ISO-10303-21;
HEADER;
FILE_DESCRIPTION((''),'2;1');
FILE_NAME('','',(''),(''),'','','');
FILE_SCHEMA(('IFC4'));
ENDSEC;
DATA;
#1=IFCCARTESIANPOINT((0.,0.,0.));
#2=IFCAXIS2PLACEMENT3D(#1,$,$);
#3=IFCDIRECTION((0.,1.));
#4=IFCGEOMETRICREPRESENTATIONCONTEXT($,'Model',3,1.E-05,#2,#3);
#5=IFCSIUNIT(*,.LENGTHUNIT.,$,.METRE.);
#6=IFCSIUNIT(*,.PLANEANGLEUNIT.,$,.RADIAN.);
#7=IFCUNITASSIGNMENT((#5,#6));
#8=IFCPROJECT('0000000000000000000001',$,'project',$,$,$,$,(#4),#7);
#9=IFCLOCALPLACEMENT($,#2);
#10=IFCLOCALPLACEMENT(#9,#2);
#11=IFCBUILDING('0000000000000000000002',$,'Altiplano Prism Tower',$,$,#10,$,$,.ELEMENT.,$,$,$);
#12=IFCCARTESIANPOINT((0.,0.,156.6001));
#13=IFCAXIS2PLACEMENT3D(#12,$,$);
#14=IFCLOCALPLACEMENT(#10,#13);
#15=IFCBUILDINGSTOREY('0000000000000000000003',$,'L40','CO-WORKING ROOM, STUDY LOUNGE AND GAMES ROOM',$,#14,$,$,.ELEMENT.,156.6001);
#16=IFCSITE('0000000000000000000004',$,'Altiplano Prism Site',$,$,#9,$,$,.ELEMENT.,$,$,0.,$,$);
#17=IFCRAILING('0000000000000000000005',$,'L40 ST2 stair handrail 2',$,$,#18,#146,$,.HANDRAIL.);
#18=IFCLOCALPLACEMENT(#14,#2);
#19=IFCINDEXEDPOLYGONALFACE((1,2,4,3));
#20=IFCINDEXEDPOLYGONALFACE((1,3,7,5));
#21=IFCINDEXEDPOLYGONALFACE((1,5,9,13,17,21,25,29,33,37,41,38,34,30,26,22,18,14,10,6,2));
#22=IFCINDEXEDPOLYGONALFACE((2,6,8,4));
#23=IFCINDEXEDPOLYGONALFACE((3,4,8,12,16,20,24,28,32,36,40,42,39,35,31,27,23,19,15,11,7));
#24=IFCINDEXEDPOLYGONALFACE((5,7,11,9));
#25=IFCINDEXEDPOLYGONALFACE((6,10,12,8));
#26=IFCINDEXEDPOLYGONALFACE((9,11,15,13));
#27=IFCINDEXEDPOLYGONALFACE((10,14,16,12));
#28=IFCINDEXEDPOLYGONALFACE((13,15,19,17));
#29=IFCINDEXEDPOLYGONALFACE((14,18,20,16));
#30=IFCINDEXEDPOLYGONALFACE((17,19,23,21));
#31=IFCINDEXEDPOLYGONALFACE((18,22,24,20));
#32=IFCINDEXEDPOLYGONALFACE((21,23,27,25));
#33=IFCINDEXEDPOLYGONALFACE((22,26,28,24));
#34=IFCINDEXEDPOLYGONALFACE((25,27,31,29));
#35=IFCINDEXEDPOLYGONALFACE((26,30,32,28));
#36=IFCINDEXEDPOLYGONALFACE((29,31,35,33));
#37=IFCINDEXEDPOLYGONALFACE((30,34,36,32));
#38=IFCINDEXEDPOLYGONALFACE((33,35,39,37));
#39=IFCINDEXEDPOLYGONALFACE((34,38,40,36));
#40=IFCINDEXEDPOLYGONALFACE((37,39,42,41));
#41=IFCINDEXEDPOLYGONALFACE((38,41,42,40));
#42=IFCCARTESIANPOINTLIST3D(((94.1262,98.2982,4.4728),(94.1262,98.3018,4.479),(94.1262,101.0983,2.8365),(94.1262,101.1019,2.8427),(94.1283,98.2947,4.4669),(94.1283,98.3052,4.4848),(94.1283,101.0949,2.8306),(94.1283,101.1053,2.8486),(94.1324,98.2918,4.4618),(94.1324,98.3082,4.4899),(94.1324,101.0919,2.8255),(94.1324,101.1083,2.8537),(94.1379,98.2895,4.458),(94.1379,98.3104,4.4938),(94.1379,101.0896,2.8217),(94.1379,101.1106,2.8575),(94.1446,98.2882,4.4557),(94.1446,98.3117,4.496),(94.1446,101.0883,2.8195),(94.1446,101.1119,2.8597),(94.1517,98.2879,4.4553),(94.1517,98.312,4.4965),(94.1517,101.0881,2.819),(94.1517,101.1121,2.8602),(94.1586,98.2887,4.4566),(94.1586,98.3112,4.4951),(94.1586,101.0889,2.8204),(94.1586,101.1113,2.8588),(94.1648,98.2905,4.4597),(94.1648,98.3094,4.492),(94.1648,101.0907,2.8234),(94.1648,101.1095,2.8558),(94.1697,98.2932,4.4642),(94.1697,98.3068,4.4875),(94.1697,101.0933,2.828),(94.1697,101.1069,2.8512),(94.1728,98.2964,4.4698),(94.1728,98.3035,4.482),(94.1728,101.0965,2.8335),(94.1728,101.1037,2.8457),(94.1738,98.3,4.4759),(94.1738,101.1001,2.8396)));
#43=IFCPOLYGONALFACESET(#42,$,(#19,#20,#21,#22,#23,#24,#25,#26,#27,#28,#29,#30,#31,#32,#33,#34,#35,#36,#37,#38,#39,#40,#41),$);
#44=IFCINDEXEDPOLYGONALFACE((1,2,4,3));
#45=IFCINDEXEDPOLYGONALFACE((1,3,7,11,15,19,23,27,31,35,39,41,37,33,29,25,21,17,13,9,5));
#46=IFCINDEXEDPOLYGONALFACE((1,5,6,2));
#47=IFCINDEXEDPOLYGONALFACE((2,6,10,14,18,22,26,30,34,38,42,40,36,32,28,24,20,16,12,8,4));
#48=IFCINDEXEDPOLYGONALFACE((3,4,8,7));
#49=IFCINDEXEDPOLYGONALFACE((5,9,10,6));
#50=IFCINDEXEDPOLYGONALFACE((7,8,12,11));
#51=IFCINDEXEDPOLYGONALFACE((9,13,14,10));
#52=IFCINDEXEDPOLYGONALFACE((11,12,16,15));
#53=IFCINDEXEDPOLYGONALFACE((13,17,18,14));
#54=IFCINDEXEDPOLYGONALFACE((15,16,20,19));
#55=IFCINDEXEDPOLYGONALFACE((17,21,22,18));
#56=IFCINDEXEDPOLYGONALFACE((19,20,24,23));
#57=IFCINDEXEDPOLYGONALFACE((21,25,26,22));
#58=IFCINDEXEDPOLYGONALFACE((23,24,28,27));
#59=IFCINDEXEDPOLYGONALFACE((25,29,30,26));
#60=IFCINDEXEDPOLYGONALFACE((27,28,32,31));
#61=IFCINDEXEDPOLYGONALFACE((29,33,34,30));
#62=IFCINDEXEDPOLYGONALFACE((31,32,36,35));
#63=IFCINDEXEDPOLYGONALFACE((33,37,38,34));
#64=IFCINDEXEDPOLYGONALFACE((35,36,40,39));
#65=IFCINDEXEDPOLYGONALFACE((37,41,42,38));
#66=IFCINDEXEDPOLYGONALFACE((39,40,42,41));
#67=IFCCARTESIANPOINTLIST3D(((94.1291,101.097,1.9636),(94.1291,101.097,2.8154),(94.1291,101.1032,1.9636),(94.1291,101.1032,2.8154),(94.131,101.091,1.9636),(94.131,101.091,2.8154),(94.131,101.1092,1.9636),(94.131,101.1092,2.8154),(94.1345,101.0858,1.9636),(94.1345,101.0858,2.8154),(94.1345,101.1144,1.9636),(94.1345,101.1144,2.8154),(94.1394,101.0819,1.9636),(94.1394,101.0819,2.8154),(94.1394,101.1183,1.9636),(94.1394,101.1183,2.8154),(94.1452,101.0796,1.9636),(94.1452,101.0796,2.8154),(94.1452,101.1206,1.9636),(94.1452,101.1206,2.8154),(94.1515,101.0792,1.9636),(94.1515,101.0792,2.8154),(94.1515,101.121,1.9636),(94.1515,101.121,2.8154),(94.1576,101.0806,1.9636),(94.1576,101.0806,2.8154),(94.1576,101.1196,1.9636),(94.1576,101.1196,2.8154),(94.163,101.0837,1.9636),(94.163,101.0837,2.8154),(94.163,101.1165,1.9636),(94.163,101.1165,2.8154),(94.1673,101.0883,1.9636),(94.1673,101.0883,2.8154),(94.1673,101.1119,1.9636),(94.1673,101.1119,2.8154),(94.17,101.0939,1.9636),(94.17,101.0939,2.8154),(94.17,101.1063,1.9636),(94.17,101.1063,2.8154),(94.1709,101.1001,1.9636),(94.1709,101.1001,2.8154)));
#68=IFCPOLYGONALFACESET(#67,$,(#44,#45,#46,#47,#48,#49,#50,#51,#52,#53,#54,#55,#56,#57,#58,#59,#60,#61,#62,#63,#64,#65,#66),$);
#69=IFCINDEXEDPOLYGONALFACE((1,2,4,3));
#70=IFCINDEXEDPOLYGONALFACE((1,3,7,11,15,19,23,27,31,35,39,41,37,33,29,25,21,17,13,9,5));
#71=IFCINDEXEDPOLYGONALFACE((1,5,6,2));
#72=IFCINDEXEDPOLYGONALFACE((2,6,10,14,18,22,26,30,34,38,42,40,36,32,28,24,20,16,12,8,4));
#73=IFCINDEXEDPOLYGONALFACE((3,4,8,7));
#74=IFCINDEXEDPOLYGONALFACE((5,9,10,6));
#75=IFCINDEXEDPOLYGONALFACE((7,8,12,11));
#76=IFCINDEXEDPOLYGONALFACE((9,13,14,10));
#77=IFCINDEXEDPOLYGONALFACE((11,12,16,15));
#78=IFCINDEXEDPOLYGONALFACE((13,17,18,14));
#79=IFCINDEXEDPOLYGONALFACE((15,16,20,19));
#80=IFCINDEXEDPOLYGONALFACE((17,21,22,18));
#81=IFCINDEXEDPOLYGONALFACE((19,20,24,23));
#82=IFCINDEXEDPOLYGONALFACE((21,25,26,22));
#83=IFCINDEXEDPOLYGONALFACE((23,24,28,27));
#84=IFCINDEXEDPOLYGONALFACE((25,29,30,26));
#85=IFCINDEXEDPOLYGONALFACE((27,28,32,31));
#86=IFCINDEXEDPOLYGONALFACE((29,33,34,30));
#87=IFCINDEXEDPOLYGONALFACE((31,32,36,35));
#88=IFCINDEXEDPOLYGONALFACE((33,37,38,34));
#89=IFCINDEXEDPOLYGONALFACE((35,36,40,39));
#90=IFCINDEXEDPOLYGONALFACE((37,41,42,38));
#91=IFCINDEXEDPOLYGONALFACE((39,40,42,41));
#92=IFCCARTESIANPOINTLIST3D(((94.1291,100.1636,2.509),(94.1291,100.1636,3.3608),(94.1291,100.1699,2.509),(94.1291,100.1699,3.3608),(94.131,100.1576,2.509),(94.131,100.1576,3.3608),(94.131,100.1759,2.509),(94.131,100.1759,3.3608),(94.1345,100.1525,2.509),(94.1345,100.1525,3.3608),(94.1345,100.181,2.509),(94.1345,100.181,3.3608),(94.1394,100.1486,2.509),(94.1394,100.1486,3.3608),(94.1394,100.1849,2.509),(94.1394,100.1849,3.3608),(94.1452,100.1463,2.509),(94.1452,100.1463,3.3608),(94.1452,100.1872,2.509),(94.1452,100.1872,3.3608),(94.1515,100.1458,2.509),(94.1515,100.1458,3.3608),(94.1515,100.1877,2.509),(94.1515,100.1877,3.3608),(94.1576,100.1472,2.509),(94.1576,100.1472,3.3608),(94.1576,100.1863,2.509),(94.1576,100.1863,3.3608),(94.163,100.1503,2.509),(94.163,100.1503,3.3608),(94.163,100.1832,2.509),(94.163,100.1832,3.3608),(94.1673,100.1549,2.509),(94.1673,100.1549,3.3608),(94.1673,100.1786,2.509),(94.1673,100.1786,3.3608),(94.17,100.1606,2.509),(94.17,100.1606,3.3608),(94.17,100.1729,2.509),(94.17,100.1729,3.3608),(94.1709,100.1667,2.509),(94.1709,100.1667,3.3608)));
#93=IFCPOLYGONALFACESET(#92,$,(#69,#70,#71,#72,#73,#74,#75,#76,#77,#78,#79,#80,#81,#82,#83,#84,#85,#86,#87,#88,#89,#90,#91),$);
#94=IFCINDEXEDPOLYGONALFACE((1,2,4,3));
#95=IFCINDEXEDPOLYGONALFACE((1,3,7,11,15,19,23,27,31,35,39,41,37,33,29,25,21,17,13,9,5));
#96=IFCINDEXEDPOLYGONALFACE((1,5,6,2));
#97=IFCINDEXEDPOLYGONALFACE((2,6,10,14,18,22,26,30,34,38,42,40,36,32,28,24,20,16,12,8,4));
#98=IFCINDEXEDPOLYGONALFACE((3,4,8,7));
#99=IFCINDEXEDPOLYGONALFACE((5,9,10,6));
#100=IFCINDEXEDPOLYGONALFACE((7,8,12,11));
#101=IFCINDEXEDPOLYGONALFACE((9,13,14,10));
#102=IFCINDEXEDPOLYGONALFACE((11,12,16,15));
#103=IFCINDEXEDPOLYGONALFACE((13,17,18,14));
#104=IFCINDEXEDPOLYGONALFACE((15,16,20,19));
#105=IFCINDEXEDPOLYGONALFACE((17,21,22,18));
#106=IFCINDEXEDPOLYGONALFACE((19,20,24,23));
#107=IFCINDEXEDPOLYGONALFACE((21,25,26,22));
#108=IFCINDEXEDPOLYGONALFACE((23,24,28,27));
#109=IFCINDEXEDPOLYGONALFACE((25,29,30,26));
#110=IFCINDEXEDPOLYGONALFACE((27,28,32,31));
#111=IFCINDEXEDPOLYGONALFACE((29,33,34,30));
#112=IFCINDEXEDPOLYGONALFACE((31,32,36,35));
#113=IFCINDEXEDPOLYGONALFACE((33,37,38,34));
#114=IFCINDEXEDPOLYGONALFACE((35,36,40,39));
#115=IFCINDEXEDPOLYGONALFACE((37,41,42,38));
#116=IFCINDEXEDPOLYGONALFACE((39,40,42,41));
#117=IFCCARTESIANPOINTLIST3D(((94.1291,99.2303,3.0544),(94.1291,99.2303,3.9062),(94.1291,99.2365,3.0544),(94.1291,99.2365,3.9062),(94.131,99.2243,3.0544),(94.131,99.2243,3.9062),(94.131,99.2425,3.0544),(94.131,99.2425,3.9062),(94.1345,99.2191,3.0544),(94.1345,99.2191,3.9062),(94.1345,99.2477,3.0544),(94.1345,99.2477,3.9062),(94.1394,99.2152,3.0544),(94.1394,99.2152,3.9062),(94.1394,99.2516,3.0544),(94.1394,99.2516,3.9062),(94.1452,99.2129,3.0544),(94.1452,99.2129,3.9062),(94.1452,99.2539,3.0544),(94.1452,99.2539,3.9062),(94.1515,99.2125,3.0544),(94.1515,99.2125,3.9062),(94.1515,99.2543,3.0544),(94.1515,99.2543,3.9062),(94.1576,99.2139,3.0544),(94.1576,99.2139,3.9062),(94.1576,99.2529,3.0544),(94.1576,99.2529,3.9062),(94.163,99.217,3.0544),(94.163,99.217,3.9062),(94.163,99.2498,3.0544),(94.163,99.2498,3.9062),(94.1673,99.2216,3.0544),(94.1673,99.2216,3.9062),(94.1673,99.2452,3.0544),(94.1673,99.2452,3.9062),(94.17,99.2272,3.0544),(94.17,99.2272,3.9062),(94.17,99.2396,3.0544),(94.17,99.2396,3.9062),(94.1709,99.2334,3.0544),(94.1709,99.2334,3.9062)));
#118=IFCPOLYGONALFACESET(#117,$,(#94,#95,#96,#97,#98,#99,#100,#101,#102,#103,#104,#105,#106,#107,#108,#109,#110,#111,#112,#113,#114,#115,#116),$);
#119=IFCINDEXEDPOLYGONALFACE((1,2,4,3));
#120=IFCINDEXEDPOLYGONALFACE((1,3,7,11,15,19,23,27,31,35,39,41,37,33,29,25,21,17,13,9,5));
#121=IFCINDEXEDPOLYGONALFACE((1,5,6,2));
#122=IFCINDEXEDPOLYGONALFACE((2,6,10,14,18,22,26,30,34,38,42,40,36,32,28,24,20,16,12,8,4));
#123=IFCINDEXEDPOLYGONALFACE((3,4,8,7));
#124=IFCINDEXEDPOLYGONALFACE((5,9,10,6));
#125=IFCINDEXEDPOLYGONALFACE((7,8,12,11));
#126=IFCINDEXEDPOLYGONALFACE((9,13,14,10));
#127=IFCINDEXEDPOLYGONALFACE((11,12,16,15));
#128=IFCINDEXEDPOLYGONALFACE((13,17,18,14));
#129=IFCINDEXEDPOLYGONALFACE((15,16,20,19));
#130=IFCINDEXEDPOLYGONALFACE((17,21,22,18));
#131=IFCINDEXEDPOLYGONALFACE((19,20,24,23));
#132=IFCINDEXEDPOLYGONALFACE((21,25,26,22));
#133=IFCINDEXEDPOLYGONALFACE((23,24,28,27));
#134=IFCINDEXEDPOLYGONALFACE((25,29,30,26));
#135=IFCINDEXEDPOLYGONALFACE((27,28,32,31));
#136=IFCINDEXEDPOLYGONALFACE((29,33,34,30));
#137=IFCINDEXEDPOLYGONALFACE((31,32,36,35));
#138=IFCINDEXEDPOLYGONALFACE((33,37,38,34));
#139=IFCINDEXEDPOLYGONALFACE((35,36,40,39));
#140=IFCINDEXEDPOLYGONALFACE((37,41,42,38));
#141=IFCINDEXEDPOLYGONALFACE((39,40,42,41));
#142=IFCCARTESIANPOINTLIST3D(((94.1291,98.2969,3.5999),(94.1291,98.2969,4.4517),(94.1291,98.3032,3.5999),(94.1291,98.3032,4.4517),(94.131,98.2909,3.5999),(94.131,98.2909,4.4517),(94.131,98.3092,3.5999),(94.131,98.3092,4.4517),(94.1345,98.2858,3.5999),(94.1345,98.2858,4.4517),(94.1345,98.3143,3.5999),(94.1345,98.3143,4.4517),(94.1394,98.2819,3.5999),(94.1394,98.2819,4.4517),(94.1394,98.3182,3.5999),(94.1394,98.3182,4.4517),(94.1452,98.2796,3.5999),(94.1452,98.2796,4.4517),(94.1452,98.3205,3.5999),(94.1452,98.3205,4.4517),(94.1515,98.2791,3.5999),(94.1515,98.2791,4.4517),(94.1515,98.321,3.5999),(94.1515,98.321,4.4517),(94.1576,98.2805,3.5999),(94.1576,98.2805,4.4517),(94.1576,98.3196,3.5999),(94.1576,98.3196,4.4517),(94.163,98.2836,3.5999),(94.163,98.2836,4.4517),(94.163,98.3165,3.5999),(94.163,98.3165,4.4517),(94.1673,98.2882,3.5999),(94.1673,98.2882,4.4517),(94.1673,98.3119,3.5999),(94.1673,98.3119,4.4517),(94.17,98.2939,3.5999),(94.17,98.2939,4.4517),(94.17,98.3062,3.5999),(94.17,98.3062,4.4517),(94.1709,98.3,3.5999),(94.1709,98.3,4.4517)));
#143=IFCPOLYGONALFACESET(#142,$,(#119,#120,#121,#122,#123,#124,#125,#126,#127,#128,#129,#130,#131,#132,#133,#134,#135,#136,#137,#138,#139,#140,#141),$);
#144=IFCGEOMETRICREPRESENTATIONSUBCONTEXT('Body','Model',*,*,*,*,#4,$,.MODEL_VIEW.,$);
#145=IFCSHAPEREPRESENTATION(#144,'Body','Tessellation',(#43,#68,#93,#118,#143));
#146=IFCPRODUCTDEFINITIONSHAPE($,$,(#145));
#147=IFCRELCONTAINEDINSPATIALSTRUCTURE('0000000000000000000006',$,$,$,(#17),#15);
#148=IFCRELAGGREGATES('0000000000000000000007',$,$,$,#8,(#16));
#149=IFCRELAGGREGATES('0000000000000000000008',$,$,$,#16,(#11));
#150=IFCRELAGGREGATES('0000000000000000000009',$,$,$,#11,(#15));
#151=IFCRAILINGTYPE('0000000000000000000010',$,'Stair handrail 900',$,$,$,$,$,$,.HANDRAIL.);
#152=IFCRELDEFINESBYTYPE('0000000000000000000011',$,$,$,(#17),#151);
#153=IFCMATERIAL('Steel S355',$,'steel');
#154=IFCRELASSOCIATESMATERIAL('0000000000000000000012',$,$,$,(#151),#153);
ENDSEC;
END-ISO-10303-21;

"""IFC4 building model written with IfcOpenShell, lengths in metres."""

from ifc_helpers import new_model, si_unit, direction, frame, origin, origin_2d, place, context, subcontext, project, spatial, circle, extrude, material, type_object, element, save


model = new_model("IFC4")

# Units and contexts
model_context = context("Model", 3, precision=1e-05, world=origin(), true_north=direction((0.0, 1.0)))
body_context = subcontext(model_context, "Body", "Model", "MODEL_VIEW")
ifc_project = project(units=[si_unit("LENGTHUNIT", "METRE"), si_unit("PLANEANGLEUNIT", "RADIAN")], contexts=[model_context])

# Site, building, storey
site_placement = place(None, origin())
site = spatial("IfcSite", under=ifc_project, at=site_placement, Name="Altiplano Prism Site", CompositionType="ELEMENT", RefElevation=0.0)
building_placement = place(site_placement, origin())
building = spatial("IfcBuilding", under=site, at=building_placement, Name="Altiplano Prism Tower", CompositionType="ELEMENT")
storey_placement = place(building_placement, frame((0.0, 0.0, 156.6001)))
storey = spatial("IfcBuildingStorey", under=building, at=storey_placement, Name="L40", Description="CO-WORKING ROOM, STUDY LOUNGE AND GAMES ROOM", CompositionType="ELEMENT", Elevation=156.6001)

# Railing
ifc_material_1 = material(Name="Steel S355", Category="steel")
railing_type_1 = type_object("IfcRailingType", Name="Stair handrail 900", PredefinedType="HANDRAIL", material=ifc_material_1)
railing_1_placement = place(storey_placement, frame((94.1499, 101.1001, 1.9636)))
element("IfcRailing", 1, at=railing_1_placement, inside=storey, type_object=railing_type_1, Name="L40 ST2 stair handrail 2", PredefinedType="HANDRAIL", context=body_context, shape_type="SweptSolid", body=[
    extrude(circle(Radius=0.0239, at=origin_2d()), frame((0.0, 0.0, 0.876), z_axis=(0.0, -0.863394, 0.504531), x_axis=(1.0, 0.0, 0.0)), (0.0, 0.0, 1.0), 3.2432),
    extrude(circle(Radius=0.021, at=origin_2d()), origin(), (0.0, 0.0, 1.0), 0.8518),
    extrude(circle(Radius=0.021, at=origin_2d()), frame((0.0, -0.9333, 0.5454)), (0.0, 0.0, 1.0), 0.8518),
    extrude(circle(Radius=0.021, at=origin_2d()), frame((0.0, -1.8667, 1.0908)), (0.0, 0.0, 1.0), 0.8518),
    extrude(circle(Radius=0.021, at=origin_2d()), frame((0.0, -2.8, 1.6362)), (0.0, 0.0, 1.0), 0.8518),
])

save(model, "model.ifc")
